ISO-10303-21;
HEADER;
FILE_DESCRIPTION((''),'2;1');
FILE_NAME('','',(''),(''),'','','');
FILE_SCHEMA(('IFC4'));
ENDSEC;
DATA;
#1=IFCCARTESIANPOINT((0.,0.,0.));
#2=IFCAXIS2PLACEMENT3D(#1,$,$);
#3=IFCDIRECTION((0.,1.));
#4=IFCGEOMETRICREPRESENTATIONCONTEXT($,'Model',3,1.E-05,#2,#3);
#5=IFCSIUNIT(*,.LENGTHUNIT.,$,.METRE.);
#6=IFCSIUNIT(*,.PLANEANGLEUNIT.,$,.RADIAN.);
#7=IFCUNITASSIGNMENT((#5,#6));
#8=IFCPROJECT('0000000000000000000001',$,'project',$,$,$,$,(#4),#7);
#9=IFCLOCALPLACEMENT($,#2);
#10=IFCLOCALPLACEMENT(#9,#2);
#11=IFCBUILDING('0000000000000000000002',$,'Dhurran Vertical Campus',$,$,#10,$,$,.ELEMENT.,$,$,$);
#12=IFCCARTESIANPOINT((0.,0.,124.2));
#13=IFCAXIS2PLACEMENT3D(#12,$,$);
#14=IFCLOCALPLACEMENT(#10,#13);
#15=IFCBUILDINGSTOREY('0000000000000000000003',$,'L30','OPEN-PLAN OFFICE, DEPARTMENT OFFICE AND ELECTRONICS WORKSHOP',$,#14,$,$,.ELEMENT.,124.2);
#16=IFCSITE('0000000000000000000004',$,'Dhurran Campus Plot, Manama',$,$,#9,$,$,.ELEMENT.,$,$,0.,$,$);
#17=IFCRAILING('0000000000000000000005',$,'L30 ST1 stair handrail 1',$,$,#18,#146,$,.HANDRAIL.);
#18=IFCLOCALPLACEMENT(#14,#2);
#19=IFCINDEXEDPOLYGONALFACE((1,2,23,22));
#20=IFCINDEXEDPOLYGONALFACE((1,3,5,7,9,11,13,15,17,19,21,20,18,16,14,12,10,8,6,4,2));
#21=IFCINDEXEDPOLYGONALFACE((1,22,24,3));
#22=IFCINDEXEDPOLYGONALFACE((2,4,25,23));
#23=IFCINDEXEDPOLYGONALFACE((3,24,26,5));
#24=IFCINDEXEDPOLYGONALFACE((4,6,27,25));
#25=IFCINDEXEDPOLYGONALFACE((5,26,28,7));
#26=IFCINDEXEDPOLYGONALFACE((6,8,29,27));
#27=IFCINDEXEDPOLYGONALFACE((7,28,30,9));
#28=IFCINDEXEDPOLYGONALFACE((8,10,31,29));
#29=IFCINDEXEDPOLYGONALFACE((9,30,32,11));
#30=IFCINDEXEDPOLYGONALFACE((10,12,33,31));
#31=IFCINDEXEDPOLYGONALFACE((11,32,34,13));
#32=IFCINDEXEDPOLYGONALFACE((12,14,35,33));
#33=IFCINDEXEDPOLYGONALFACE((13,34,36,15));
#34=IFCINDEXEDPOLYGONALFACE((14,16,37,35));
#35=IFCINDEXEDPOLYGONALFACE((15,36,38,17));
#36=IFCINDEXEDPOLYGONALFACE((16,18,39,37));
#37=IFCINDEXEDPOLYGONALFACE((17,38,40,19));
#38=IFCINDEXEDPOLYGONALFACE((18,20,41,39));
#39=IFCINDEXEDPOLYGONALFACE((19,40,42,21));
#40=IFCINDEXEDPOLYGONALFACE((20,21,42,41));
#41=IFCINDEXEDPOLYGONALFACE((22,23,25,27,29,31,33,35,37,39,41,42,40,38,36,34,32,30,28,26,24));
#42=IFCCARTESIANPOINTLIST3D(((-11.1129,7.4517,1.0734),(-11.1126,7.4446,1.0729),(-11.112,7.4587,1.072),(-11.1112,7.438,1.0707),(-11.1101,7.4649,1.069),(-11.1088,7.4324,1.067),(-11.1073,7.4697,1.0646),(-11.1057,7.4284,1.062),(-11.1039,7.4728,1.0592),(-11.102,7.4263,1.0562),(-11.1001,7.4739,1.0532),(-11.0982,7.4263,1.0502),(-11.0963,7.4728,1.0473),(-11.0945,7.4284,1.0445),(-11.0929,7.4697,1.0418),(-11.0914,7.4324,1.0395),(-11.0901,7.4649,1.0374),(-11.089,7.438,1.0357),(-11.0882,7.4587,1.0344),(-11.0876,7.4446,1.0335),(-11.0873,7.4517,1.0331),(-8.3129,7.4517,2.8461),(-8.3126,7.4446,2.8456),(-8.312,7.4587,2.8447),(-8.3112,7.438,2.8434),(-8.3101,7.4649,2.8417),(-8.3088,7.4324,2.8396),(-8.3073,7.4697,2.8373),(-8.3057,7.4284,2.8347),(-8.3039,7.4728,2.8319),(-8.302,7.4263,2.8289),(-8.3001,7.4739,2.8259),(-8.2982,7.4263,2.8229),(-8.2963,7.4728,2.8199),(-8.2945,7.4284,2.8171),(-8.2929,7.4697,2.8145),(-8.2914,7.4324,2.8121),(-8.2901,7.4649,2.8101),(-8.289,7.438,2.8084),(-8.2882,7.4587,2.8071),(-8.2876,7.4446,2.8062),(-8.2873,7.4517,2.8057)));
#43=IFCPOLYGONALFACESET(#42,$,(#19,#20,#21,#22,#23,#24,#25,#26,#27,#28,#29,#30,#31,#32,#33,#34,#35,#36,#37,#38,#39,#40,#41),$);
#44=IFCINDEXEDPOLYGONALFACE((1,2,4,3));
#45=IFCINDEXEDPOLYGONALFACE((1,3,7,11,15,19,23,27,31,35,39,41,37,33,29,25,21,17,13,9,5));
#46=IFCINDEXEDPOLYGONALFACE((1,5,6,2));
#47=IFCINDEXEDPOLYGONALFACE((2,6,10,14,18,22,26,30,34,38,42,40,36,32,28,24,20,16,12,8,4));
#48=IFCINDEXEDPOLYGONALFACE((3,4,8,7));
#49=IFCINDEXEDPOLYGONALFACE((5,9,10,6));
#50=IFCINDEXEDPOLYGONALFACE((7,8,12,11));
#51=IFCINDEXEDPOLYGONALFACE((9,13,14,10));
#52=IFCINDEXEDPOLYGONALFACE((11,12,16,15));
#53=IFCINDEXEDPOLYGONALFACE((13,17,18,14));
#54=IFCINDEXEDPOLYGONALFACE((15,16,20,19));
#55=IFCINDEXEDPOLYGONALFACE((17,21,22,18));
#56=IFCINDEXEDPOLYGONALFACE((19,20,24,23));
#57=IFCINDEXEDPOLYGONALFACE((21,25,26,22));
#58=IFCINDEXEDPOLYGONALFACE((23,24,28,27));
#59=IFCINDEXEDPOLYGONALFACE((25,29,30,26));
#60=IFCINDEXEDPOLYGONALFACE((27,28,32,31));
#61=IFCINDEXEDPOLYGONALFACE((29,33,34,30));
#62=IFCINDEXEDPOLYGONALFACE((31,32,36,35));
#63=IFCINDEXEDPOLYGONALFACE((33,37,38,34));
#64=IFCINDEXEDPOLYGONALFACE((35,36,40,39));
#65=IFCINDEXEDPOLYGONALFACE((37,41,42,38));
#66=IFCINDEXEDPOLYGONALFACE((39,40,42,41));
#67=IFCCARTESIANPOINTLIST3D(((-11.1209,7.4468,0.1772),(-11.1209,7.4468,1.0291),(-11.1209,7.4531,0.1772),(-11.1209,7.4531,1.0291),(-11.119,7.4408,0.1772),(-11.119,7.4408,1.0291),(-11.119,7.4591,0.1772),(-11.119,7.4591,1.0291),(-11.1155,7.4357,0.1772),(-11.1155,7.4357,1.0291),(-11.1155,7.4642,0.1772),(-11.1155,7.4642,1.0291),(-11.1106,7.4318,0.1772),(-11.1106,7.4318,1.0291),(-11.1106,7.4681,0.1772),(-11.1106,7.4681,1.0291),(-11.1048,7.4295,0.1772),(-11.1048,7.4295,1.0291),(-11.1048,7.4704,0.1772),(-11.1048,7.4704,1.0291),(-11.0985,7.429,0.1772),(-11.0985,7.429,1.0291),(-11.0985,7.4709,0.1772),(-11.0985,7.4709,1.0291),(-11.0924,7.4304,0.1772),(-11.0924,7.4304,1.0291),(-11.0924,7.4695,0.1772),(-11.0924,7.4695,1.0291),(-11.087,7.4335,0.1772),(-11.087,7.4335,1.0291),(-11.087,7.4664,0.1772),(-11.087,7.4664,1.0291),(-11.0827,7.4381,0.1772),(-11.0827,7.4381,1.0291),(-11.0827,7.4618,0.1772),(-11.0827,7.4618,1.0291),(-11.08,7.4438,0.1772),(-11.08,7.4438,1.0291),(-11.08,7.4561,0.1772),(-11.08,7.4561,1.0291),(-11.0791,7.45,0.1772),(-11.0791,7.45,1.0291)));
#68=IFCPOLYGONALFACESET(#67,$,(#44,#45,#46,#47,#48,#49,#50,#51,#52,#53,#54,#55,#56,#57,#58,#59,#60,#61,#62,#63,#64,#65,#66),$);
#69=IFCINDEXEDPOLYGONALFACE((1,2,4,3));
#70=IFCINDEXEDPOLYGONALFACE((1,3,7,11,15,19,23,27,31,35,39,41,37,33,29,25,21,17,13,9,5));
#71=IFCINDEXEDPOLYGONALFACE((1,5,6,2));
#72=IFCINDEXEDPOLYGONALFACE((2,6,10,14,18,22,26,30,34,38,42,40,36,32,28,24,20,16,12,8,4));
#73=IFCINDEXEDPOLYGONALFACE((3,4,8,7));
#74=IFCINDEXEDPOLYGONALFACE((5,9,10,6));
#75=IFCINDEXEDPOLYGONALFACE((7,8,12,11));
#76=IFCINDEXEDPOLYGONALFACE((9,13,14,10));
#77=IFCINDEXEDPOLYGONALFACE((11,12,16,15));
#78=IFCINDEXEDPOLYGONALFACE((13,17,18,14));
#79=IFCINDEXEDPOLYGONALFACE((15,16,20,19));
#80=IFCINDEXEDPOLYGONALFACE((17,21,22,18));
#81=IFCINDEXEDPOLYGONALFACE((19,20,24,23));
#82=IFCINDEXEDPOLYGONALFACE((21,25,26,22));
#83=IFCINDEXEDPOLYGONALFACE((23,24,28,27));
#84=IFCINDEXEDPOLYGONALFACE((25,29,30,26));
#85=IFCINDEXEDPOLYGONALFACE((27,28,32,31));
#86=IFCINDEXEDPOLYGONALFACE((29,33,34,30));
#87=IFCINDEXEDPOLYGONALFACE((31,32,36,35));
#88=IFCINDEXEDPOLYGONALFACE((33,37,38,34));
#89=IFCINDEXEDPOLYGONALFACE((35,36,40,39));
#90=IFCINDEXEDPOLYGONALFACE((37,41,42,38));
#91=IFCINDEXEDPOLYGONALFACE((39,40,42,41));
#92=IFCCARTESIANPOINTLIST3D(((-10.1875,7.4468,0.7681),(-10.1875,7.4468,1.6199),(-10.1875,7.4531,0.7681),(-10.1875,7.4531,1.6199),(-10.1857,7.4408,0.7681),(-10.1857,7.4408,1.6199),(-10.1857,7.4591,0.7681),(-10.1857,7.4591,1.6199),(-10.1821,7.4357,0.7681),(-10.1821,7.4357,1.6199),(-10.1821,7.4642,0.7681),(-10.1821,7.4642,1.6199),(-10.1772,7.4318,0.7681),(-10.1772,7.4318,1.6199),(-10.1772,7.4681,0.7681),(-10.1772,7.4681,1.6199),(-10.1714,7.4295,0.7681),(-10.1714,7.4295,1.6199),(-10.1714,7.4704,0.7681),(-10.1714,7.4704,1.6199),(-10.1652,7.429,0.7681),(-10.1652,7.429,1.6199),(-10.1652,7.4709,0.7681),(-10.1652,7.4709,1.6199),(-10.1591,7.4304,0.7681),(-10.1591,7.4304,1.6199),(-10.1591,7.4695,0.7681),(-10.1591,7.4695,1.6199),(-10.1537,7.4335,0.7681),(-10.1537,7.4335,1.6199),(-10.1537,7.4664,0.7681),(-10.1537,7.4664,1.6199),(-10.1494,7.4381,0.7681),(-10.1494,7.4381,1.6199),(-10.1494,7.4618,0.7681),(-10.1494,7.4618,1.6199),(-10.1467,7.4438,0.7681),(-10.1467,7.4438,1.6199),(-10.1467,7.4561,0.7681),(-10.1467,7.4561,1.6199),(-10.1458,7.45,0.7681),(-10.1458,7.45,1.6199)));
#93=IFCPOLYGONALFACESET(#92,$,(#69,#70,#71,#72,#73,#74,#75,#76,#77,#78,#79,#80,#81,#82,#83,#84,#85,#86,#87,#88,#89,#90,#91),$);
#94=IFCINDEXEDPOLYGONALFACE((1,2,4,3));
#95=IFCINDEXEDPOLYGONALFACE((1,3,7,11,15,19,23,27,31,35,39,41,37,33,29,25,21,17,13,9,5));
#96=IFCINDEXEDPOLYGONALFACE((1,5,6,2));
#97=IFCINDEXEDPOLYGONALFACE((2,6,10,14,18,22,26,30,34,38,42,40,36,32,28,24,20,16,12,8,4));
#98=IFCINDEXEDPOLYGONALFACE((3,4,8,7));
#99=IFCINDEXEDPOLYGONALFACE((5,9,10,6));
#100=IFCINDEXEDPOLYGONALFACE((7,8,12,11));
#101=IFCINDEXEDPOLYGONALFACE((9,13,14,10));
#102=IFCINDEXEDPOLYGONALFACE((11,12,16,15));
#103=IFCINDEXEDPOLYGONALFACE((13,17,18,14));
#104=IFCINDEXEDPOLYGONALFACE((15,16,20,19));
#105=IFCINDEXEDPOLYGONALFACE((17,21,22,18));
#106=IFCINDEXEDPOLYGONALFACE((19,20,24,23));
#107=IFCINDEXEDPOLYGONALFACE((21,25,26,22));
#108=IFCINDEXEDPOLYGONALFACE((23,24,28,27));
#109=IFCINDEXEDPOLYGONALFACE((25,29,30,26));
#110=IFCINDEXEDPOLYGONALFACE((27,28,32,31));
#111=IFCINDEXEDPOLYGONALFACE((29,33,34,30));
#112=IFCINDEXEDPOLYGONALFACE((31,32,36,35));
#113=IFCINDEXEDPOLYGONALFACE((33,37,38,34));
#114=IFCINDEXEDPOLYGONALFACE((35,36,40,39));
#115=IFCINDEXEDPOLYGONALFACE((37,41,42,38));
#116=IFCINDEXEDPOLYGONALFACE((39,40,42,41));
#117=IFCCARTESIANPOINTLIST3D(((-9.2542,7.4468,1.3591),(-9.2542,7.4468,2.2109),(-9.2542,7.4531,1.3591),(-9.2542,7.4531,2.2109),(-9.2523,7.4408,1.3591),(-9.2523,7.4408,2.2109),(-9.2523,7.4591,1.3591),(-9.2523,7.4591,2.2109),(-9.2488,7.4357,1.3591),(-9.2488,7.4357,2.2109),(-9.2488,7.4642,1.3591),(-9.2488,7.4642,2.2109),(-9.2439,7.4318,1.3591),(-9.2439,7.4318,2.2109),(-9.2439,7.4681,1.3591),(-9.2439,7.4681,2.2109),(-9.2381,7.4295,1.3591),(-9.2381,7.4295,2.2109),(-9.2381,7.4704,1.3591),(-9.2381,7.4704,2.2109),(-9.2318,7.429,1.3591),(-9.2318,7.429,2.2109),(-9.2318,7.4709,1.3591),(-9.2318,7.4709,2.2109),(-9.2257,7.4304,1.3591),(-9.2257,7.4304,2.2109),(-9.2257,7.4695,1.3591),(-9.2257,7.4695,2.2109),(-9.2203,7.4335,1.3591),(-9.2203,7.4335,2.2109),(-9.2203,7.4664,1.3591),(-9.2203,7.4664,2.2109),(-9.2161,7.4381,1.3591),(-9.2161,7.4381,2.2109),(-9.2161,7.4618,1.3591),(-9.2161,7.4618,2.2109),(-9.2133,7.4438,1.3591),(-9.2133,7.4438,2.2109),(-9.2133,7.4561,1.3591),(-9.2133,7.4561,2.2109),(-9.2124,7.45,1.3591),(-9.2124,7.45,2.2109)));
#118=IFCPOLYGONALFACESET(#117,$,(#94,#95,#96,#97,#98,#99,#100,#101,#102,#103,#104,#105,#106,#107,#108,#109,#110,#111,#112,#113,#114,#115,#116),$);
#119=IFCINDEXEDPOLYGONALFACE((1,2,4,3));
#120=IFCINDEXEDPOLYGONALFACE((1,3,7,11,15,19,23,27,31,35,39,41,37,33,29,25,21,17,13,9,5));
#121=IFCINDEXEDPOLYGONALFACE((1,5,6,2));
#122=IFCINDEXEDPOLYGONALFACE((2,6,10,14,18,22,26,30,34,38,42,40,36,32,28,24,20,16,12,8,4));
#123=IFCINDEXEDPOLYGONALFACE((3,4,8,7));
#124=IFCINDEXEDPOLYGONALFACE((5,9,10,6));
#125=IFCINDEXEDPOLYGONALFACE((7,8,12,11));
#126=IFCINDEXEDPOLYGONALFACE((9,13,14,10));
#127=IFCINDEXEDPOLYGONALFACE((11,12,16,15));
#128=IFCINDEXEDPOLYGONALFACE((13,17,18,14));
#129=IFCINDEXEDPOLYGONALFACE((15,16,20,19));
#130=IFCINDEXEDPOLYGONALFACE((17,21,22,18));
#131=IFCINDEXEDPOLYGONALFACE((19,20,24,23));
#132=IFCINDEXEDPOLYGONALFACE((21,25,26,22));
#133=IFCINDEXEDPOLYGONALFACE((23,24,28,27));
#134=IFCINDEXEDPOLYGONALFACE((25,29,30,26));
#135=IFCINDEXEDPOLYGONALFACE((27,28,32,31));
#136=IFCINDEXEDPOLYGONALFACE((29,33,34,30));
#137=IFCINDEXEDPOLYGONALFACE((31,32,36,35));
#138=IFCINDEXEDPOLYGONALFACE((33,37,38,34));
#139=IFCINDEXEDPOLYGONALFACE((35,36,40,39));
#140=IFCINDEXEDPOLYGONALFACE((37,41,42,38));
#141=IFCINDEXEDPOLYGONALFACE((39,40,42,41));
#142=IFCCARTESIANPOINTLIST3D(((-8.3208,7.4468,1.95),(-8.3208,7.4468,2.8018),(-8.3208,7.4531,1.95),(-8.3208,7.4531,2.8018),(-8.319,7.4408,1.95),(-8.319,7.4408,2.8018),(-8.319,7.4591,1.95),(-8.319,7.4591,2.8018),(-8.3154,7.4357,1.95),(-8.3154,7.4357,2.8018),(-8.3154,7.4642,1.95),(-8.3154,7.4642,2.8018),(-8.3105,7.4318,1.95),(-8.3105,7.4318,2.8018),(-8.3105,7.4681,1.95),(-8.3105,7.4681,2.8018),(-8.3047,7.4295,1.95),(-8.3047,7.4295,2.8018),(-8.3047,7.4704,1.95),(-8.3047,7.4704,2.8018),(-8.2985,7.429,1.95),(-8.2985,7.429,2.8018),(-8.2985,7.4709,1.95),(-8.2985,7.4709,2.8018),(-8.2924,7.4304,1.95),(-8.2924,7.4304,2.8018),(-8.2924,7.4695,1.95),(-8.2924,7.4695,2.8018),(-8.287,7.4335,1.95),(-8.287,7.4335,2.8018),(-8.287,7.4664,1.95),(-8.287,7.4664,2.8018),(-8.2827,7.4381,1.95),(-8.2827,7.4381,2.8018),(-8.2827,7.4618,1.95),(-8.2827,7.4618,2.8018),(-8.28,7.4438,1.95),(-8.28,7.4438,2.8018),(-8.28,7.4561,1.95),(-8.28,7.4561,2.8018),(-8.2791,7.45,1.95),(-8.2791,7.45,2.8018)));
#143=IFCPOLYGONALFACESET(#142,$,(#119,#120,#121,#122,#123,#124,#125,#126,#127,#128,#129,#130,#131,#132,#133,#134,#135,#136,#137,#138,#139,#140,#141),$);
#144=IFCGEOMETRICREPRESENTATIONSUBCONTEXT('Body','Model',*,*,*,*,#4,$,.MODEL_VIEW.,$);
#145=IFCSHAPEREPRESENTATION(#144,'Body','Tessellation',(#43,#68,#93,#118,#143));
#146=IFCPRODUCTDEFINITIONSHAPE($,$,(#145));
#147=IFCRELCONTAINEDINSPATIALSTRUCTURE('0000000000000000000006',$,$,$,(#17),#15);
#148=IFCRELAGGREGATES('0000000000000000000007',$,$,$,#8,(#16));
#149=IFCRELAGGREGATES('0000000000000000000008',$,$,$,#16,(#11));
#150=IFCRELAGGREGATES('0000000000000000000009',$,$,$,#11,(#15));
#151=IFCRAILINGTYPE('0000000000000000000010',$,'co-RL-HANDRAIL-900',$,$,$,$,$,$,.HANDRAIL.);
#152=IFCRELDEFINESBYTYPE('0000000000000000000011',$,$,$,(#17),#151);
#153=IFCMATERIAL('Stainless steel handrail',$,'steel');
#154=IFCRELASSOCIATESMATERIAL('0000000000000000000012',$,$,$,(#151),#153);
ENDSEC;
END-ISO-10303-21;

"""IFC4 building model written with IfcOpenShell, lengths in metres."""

from ifc_helpers import new_model, si_unit, direction, frame, origin, origin_2d, place, context, subcontext, project, spatial, circle, extrude, material, type_object, element, save


model = new_model("IFC4")

# Units and contexts
model_context = context("Model", 3, precision=1e-05, world=origin(), true_north=direction((0.0, 1.0)))
body_context = subcontext(model_context, "Body", "Model", "MODEL_VIEW")
ifc_project = project(units=[si_unit("LENGTHUNIT", "METRE"), si_unit("PLANEANGLEUNIT", "RADIAN")], contexts=[model_context])

# Site, building, storey
site_placement = place(None, origin())
site = spatial("IfcSite", under=ifc_project, at=site_placement, Name="Dhurran Campus Plot, Manama", CompositionType="ELEMENT", RefElevation=0.0)
building_placement = place(site_placement, origin())
building = spatial("IfcBuilding", under=site, at=building_placement, Name="Dhurran Vertical Campus", CompositionType="ELEMENT")
storey_placement = place(building_placement, frame((0.0, 0.0, 124.2)))
storey = spatial("IfcBuildingStorey", under=building, at=storey_placement, Name="L30", Description="OPEN-PLAN OFFICE, DEPARTMENT OFFICE AND ELECTRONICS WORKSHOP", CompositionType="ELEMENT", Elevation=124.2)

# Railing
ifc_material_1 = material(Name="Stainless steel handrail", Category="steel")
railing_type_1 = type_object("IfcRailingType", Name="co-RL-HANDRAIL-900", PredefinedType="HANDRAIL", material=ifc_material_1)
railing_1_placement = place(storey_placement, frame((-11.1001, 7.45, 0.1772)))
element("IfcRailing", 1, at=railing_1_placement, inside=storey, type_object=railing_type_1, Name="L30 ST1 stair handrail 1", PredefinedType="HANDRAIL", context=body_context, shape_type="SweptSolid", body=[
    extrude(circle(Radius=0.0239, at=origin_2d()), frame((0.0, 0.0, 0.876), z_axis=(0.844909, 0.0, 0.53491), x_axis=(0.0, 1.0, 0.0)), (0.0, 0.0, 1.0), 3.314),
    extrude(circle(Radius=0.021, at=origin_2d()), origin(), (0.0, 0.0, 1.0), 0.8518),
    extrude(circle(Radius=0.021, at=origin_2d()), frame((0.9333, 0.0, 0.5908)), (0.0, 0.0, 1.0), 0.8518),
    extrude(circle(Radius=0.021, at=origin_2d()), frame((1.8667, 0.0, 1.1819)), (0.0, 0.0, 1.0), 0.8518),
    extrude(circle(Radius=0.021, at=origin_2d()), frame((2.8, 0.0, 1.7727)), (0.0, 0.0, 1.0), 0.8518),
])

save(model, "model.ifc")
